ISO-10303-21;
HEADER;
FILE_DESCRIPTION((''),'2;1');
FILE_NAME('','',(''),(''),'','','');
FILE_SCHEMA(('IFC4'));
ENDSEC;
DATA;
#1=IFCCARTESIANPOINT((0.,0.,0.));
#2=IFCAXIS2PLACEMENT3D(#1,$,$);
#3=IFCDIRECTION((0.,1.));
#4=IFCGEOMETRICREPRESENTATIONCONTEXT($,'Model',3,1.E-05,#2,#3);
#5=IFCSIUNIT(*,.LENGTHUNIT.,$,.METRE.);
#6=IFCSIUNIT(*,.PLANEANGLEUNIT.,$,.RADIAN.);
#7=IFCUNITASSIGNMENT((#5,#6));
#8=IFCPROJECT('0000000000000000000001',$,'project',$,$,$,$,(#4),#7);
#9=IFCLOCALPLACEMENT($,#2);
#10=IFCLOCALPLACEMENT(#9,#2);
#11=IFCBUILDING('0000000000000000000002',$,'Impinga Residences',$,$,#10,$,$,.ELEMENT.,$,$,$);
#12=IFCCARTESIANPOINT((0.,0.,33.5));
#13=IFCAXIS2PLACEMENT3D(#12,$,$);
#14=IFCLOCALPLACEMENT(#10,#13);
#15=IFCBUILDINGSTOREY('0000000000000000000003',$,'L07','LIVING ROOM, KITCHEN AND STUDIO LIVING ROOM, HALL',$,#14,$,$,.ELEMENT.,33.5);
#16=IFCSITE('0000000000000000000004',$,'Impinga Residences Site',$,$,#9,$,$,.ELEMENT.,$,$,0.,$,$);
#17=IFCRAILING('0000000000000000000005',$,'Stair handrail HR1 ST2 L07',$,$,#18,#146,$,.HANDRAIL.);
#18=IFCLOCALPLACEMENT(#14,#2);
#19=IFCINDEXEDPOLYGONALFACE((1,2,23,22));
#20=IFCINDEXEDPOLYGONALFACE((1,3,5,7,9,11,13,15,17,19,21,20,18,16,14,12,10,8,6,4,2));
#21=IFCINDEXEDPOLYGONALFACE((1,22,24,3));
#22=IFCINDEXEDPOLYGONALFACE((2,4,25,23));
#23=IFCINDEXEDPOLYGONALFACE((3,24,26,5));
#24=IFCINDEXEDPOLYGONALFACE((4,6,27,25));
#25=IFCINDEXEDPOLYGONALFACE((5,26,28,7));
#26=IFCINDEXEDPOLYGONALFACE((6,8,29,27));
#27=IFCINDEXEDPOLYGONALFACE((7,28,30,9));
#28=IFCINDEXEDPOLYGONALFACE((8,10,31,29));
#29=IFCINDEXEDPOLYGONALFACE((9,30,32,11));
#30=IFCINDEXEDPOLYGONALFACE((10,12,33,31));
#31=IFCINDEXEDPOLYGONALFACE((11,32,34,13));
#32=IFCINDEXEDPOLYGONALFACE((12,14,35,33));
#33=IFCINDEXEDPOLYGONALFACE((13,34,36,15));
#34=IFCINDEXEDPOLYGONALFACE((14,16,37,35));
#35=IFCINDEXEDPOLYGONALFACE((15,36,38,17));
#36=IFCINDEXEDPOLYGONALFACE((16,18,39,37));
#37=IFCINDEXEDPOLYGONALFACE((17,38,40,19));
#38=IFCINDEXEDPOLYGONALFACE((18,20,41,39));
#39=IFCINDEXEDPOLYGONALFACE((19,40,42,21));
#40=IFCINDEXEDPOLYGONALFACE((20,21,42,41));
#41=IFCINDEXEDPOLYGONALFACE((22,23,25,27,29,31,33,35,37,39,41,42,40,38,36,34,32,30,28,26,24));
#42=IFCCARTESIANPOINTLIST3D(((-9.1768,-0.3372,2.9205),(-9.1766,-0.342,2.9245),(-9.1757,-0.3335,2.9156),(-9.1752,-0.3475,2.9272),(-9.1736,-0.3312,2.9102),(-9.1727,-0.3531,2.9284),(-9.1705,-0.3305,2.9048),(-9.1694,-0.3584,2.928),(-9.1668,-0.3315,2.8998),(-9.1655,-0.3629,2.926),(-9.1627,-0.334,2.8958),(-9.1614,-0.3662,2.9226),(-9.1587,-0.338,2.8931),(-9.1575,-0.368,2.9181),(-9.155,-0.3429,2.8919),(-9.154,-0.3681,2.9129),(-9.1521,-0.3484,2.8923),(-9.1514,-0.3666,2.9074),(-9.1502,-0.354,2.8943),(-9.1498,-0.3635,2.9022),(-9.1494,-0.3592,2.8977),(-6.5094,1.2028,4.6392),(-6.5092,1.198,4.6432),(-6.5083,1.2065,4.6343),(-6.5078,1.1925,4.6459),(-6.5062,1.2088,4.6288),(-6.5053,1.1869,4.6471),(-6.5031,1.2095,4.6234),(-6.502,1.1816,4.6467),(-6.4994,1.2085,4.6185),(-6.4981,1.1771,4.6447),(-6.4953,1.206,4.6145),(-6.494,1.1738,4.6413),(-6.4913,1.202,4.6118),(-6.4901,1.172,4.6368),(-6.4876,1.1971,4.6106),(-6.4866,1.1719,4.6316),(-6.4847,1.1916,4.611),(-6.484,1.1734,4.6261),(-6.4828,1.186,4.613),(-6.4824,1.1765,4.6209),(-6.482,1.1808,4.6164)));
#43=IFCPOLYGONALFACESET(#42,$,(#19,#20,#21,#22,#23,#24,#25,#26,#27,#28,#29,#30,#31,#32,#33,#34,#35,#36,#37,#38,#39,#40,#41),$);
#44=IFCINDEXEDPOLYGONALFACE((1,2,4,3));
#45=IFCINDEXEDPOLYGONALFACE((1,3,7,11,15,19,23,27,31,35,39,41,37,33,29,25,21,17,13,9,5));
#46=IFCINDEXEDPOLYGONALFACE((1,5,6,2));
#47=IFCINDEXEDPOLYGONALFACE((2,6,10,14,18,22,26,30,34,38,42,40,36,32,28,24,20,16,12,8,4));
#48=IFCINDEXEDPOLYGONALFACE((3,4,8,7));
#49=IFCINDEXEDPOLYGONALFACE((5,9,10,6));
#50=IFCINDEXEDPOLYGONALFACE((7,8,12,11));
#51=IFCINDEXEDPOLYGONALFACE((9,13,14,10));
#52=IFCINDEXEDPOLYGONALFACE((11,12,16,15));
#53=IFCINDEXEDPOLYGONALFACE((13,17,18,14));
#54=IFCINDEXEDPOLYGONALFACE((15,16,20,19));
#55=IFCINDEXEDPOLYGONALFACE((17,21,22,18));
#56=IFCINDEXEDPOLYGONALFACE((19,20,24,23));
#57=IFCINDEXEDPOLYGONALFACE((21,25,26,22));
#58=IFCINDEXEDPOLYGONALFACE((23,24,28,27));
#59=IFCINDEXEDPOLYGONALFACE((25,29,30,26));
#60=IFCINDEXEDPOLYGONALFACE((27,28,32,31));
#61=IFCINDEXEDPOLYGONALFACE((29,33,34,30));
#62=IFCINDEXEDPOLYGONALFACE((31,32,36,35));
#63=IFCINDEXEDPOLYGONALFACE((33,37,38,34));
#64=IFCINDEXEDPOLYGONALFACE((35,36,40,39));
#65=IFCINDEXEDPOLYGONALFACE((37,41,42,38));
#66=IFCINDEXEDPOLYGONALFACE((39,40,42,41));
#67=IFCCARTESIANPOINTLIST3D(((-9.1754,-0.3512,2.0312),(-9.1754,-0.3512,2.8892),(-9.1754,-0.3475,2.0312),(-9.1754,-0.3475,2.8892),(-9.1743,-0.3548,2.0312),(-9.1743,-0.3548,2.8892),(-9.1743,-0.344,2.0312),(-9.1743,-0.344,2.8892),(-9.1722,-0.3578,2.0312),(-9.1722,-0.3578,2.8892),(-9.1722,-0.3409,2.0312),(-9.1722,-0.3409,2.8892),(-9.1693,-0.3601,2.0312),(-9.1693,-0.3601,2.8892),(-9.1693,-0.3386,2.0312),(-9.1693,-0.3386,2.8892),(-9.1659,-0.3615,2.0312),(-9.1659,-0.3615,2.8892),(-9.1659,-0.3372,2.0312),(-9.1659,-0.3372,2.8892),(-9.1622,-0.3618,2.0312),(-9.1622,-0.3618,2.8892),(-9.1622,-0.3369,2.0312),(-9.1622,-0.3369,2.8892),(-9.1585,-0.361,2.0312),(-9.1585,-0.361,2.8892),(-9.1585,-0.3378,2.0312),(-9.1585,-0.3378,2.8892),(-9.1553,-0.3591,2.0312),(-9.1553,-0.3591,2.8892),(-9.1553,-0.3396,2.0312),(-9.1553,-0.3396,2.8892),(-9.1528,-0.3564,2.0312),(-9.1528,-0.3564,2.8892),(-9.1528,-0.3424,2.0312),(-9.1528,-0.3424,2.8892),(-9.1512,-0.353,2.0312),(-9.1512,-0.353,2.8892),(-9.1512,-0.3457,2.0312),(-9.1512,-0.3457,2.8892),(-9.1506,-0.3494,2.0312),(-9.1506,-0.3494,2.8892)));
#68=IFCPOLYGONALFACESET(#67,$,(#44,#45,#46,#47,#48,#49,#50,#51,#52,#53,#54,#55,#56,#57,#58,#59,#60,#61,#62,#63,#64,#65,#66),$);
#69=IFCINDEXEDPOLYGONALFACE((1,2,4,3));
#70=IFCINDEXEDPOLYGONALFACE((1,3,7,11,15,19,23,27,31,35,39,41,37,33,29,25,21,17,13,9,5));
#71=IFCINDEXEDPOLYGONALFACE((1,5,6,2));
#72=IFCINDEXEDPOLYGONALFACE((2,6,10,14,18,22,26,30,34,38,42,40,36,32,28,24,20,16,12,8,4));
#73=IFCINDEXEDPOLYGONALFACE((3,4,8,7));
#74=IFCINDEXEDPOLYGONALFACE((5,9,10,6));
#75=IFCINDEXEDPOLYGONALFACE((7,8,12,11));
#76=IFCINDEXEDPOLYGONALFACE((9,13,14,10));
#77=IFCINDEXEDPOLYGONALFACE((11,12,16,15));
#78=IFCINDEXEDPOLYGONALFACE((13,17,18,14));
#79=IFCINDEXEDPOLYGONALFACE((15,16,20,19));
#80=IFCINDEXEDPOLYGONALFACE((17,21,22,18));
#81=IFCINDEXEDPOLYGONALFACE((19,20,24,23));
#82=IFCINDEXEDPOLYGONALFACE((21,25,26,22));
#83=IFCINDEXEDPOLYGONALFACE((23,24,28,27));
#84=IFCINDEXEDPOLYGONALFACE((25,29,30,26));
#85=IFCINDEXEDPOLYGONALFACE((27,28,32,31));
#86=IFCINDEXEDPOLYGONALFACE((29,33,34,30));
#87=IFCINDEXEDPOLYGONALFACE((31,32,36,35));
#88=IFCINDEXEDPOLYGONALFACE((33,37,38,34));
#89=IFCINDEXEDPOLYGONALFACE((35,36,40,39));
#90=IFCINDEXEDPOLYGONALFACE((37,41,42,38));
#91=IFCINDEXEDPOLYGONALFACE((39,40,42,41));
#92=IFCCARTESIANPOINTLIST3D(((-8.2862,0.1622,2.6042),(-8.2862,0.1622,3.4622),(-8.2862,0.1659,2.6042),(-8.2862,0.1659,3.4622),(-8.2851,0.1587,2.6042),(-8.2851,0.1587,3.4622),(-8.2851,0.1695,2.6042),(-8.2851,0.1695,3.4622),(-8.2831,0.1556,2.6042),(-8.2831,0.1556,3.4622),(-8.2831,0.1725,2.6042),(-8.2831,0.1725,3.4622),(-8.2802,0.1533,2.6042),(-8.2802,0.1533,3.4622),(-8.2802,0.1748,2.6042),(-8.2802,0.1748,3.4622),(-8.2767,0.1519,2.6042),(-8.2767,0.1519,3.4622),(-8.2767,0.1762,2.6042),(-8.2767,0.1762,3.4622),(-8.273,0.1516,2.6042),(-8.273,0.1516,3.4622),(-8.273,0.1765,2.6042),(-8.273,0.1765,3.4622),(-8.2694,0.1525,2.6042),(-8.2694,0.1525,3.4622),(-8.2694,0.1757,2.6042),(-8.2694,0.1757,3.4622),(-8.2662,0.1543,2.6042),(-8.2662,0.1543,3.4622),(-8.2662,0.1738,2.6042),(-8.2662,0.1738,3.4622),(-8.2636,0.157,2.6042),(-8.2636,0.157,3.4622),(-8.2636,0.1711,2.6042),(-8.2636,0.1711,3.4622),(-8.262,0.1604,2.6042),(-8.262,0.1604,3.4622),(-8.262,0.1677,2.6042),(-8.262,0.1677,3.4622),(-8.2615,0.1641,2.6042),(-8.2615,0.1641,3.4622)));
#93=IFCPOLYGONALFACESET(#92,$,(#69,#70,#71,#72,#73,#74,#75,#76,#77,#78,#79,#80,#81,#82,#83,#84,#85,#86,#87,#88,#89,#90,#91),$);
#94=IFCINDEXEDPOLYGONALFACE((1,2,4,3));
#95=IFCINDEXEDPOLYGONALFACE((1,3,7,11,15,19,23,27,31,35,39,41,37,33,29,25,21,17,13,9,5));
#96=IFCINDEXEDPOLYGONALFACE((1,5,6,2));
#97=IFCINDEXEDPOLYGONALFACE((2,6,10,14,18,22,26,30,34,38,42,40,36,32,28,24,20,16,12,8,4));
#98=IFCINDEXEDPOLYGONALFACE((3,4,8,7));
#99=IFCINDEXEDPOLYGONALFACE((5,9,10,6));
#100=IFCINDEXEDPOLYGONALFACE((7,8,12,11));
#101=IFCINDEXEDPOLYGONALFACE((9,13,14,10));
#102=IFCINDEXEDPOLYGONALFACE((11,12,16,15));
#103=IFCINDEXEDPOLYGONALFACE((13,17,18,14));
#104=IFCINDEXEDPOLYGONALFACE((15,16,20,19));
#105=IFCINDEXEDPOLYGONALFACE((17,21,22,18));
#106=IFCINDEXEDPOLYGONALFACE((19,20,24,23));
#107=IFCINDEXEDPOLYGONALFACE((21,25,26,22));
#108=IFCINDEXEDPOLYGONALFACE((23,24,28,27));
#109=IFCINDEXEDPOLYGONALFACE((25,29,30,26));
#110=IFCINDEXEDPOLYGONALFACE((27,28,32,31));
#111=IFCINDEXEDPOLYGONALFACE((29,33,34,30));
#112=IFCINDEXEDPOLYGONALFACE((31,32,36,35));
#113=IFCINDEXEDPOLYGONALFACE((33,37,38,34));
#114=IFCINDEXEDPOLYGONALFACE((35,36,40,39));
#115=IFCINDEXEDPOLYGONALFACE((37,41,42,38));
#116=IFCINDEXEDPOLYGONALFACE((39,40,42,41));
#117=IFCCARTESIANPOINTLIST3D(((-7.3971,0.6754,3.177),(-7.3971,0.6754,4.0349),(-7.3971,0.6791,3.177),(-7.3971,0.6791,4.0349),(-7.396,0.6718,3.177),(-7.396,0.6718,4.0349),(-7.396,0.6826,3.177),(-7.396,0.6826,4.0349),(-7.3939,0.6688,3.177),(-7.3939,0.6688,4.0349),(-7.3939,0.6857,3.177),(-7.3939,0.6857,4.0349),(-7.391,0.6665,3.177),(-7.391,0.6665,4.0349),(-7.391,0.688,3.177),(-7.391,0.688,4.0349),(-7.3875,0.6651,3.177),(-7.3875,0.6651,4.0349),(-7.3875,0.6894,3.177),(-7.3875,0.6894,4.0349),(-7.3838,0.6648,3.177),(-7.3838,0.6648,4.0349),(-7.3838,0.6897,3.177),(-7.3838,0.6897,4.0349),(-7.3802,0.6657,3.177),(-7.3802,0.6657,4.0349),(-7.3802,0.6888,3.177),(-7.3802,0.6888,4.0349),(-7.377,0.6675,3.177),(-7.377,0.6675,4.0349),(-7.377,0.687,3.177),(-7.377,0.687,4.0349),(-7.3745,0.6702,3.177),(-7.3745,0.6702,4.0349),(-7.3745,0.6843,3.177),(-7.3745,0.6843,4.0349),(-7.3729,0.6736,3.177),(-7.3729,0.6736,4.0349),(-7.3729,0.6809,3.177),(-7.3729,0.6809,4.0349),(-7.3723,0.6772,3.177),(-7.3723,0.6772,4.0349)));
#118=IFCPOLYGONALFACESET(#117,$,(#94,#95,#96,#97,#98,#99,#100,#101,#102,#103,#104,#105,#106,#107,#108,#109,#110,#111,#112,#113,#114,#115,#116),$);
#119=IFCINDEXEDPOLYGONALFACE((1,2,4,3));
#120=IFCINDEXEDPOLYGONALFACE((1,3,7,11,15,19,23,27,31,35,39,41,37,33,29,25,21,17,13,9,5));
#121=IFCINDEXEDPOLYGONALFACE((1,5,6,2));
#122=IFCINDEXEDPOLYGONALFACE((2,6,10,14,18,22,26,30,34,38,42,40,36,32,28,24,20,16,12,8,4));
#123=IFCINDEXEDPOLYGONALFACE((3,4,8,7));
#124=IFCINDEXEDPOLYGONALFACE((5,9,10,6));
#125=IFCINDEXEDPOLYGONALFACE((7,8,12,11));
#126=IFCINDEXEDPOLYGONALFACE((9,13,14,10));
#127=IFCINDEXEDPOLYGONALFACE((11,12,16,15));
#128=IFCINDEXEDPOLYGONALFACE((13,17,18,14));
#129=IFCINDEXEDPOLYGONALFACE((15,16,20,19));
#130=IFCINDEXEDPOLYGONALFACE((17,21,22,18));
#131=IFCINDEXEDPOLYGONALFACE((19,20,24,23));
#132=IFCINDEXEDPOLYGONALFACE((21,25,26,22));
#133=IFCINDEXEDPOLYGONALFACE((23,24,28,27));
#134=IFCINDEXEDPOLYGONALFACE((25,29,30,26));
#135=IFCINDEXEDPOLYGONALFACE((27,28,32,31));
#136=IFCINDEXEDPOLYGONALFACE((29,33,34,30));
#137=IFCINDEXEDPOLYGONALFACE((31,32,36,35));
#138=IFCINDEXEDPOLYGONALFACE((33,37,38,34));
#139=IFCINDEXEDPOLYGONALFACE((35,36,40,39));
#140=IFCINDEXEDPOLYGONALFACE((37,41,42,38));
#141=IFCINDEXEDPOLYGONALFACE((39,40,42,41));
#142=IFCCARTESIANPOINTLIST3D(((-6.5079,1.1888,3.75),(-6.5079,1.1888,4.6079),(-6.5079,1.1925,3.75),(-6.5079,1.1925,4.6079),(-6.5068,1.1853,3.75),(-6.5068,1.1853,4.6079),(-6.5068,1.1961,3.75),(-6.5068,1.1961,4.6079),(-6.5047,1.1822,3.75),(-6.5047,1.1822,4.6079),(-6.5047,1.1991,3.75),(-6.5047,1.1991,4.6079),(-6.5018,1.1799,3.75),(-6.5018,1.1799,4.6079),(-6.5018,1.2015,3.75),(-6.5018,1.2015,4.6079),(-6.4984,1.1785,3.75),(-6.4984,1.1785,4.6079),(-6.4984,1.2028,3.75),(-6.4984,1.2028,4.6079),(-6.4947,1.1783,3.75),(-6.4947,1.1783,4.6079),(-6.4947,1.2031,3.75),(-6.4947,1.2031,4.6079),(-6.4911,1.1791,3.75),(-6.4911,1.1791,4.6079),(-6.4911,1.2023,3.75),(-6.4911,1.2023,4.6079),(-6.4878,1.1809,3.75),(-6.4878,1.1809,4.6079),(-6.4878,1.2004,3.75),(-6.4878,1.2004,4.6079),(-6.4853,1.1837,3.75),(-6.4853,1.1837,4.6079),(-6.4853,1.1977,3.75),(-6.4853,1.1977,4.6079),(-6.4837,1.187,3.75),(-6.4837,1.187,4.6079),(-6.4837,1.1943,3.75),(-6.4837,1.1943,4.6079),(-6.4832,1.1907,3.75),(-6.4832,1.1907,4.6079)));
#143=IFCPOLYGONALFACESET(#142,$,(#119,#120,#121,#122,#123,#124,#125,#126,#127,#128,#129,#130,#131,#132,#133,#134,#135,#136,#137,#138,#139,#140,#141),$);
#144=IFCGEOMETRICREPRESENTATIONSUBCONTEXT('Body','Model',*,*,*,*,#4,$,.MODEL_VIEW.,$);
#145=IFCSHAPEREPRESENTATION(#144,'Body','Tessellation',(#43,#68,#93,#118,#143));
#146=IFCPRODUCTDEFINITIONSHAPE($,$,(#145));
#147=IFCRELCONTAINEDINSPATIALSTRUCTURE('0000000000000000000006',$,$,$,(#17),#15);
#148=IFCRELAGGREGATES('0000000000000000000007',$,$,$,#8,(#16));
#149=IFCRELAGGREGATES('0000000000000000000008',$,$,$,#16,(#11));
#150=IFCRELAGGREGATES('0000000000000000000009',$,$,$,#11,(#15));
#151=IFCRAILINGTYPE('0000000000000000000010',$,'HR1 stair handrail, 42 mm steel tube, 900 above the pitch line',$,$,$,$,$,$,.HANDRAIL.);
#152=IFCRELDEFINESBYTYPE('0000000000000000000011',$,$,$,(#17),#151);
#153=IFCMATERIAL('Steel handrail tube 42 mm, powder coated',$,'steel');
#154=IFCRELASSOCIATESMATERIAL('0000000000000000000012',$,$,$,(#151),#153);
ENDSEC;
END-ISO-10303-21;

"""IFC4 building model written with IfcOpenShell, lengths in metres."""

from ifc_helpers import new_model, si_unit, direction, frame, origin, origin_2d, place, context, subcontext, project, spatial, circle, extrude, material, type_object, element, save


model = new_model("IFC4")

# Units and contexts
model_context = context("Model", 3, precision=1e-05, world=origin(), true_north=direction((0.0, 1.0)))
body_context = subcontext(model_context, "Body", "Model", "MODEL_VIEW")
ifc_project = project(units=[si_unit("LENGTHUNIT", "METRE"), si_unit("PLANEANGLEUNIT", "RADIAN")], contexts=[model_context])

# Site, building, storey
site_placement = place(None, origin())
site = spatial("IfcSite", under=ifc_project, at=site_placement, Name="Impinga Residences Site", CompositionType="ELEMENT", RefElevation=0.0)
building_placement = place(site_placement, origin())
building = spatial("IfcBuilding", under=site, at=building_placement, Name="Impinga Residences", CompositionType="ELEMENT")
storey_placement = place(building_placement, frame((0.0, 0.0, 33.5)))
storey = spatial("IfcBuildingStorey", under=building, at=storey_placement, Name="L07", Description="LIVING ROOM, KITCHEN AND STUDIO LIVING ROOM, HALL", CompositionType="ELEMENT", Elevation=33.5)

# Railing
ifc_material_1 = material(Name="Steel handrail tube 42 mm, powder coated", Category="steel")
railing_type_1 = type_object("IfcRailingType", Name="HR1 stair handrail, 42 mm steel tube, 900 above the pitch line", PredefinedType="HANDRAIL", material=ifc_material_1)
railing_1_placement = place(storey_placement, frame((-9.1631, -0.3494, 2.0312)))
element("IfcRailing", 1, at=railing_1_placement, inside=storey, type_object=railing_type_1, Name="Stair handrail HR1 ST2 L07", PredefinedType="HANDRAIL", context=body_context, shape_type="SweptSolid", body=[
    extrude(circle(Radius=0.021, at=origin_2d()), frame((0.0, 0.0, 0.8789), z_axis=(0.756256, 0.436616, 0.487282), x_axis=(-0.499992, 0.86603, 0.0)), (0.0, 0.0, 1.0), 3.5271),
    extrude(circle(Radius=0.0125, at=origin_2d()), origin(), (0.0, 0.0, 1.0), 0.8579),
    extrude(circle(Radius=0.0125, at=origin_2d()), frame((0.8892, 0.5134, 0.573)), (0.0, 0.0, 1.0), 0.8579),
    extrude(circle(Radius=0.0125, at=origin_2d()), frame((1.7783, 1.0266, 1.1458)), (0.0, 0.0, 1.0), 0.8579),
    extrude(circle(Radius=0.0125, at=origin_2d()), frame((2.6675, 1.54, 1.7188)), (0.0, 0.0, 1.0), 0.8579),
])

save(model, "model.ifc")
